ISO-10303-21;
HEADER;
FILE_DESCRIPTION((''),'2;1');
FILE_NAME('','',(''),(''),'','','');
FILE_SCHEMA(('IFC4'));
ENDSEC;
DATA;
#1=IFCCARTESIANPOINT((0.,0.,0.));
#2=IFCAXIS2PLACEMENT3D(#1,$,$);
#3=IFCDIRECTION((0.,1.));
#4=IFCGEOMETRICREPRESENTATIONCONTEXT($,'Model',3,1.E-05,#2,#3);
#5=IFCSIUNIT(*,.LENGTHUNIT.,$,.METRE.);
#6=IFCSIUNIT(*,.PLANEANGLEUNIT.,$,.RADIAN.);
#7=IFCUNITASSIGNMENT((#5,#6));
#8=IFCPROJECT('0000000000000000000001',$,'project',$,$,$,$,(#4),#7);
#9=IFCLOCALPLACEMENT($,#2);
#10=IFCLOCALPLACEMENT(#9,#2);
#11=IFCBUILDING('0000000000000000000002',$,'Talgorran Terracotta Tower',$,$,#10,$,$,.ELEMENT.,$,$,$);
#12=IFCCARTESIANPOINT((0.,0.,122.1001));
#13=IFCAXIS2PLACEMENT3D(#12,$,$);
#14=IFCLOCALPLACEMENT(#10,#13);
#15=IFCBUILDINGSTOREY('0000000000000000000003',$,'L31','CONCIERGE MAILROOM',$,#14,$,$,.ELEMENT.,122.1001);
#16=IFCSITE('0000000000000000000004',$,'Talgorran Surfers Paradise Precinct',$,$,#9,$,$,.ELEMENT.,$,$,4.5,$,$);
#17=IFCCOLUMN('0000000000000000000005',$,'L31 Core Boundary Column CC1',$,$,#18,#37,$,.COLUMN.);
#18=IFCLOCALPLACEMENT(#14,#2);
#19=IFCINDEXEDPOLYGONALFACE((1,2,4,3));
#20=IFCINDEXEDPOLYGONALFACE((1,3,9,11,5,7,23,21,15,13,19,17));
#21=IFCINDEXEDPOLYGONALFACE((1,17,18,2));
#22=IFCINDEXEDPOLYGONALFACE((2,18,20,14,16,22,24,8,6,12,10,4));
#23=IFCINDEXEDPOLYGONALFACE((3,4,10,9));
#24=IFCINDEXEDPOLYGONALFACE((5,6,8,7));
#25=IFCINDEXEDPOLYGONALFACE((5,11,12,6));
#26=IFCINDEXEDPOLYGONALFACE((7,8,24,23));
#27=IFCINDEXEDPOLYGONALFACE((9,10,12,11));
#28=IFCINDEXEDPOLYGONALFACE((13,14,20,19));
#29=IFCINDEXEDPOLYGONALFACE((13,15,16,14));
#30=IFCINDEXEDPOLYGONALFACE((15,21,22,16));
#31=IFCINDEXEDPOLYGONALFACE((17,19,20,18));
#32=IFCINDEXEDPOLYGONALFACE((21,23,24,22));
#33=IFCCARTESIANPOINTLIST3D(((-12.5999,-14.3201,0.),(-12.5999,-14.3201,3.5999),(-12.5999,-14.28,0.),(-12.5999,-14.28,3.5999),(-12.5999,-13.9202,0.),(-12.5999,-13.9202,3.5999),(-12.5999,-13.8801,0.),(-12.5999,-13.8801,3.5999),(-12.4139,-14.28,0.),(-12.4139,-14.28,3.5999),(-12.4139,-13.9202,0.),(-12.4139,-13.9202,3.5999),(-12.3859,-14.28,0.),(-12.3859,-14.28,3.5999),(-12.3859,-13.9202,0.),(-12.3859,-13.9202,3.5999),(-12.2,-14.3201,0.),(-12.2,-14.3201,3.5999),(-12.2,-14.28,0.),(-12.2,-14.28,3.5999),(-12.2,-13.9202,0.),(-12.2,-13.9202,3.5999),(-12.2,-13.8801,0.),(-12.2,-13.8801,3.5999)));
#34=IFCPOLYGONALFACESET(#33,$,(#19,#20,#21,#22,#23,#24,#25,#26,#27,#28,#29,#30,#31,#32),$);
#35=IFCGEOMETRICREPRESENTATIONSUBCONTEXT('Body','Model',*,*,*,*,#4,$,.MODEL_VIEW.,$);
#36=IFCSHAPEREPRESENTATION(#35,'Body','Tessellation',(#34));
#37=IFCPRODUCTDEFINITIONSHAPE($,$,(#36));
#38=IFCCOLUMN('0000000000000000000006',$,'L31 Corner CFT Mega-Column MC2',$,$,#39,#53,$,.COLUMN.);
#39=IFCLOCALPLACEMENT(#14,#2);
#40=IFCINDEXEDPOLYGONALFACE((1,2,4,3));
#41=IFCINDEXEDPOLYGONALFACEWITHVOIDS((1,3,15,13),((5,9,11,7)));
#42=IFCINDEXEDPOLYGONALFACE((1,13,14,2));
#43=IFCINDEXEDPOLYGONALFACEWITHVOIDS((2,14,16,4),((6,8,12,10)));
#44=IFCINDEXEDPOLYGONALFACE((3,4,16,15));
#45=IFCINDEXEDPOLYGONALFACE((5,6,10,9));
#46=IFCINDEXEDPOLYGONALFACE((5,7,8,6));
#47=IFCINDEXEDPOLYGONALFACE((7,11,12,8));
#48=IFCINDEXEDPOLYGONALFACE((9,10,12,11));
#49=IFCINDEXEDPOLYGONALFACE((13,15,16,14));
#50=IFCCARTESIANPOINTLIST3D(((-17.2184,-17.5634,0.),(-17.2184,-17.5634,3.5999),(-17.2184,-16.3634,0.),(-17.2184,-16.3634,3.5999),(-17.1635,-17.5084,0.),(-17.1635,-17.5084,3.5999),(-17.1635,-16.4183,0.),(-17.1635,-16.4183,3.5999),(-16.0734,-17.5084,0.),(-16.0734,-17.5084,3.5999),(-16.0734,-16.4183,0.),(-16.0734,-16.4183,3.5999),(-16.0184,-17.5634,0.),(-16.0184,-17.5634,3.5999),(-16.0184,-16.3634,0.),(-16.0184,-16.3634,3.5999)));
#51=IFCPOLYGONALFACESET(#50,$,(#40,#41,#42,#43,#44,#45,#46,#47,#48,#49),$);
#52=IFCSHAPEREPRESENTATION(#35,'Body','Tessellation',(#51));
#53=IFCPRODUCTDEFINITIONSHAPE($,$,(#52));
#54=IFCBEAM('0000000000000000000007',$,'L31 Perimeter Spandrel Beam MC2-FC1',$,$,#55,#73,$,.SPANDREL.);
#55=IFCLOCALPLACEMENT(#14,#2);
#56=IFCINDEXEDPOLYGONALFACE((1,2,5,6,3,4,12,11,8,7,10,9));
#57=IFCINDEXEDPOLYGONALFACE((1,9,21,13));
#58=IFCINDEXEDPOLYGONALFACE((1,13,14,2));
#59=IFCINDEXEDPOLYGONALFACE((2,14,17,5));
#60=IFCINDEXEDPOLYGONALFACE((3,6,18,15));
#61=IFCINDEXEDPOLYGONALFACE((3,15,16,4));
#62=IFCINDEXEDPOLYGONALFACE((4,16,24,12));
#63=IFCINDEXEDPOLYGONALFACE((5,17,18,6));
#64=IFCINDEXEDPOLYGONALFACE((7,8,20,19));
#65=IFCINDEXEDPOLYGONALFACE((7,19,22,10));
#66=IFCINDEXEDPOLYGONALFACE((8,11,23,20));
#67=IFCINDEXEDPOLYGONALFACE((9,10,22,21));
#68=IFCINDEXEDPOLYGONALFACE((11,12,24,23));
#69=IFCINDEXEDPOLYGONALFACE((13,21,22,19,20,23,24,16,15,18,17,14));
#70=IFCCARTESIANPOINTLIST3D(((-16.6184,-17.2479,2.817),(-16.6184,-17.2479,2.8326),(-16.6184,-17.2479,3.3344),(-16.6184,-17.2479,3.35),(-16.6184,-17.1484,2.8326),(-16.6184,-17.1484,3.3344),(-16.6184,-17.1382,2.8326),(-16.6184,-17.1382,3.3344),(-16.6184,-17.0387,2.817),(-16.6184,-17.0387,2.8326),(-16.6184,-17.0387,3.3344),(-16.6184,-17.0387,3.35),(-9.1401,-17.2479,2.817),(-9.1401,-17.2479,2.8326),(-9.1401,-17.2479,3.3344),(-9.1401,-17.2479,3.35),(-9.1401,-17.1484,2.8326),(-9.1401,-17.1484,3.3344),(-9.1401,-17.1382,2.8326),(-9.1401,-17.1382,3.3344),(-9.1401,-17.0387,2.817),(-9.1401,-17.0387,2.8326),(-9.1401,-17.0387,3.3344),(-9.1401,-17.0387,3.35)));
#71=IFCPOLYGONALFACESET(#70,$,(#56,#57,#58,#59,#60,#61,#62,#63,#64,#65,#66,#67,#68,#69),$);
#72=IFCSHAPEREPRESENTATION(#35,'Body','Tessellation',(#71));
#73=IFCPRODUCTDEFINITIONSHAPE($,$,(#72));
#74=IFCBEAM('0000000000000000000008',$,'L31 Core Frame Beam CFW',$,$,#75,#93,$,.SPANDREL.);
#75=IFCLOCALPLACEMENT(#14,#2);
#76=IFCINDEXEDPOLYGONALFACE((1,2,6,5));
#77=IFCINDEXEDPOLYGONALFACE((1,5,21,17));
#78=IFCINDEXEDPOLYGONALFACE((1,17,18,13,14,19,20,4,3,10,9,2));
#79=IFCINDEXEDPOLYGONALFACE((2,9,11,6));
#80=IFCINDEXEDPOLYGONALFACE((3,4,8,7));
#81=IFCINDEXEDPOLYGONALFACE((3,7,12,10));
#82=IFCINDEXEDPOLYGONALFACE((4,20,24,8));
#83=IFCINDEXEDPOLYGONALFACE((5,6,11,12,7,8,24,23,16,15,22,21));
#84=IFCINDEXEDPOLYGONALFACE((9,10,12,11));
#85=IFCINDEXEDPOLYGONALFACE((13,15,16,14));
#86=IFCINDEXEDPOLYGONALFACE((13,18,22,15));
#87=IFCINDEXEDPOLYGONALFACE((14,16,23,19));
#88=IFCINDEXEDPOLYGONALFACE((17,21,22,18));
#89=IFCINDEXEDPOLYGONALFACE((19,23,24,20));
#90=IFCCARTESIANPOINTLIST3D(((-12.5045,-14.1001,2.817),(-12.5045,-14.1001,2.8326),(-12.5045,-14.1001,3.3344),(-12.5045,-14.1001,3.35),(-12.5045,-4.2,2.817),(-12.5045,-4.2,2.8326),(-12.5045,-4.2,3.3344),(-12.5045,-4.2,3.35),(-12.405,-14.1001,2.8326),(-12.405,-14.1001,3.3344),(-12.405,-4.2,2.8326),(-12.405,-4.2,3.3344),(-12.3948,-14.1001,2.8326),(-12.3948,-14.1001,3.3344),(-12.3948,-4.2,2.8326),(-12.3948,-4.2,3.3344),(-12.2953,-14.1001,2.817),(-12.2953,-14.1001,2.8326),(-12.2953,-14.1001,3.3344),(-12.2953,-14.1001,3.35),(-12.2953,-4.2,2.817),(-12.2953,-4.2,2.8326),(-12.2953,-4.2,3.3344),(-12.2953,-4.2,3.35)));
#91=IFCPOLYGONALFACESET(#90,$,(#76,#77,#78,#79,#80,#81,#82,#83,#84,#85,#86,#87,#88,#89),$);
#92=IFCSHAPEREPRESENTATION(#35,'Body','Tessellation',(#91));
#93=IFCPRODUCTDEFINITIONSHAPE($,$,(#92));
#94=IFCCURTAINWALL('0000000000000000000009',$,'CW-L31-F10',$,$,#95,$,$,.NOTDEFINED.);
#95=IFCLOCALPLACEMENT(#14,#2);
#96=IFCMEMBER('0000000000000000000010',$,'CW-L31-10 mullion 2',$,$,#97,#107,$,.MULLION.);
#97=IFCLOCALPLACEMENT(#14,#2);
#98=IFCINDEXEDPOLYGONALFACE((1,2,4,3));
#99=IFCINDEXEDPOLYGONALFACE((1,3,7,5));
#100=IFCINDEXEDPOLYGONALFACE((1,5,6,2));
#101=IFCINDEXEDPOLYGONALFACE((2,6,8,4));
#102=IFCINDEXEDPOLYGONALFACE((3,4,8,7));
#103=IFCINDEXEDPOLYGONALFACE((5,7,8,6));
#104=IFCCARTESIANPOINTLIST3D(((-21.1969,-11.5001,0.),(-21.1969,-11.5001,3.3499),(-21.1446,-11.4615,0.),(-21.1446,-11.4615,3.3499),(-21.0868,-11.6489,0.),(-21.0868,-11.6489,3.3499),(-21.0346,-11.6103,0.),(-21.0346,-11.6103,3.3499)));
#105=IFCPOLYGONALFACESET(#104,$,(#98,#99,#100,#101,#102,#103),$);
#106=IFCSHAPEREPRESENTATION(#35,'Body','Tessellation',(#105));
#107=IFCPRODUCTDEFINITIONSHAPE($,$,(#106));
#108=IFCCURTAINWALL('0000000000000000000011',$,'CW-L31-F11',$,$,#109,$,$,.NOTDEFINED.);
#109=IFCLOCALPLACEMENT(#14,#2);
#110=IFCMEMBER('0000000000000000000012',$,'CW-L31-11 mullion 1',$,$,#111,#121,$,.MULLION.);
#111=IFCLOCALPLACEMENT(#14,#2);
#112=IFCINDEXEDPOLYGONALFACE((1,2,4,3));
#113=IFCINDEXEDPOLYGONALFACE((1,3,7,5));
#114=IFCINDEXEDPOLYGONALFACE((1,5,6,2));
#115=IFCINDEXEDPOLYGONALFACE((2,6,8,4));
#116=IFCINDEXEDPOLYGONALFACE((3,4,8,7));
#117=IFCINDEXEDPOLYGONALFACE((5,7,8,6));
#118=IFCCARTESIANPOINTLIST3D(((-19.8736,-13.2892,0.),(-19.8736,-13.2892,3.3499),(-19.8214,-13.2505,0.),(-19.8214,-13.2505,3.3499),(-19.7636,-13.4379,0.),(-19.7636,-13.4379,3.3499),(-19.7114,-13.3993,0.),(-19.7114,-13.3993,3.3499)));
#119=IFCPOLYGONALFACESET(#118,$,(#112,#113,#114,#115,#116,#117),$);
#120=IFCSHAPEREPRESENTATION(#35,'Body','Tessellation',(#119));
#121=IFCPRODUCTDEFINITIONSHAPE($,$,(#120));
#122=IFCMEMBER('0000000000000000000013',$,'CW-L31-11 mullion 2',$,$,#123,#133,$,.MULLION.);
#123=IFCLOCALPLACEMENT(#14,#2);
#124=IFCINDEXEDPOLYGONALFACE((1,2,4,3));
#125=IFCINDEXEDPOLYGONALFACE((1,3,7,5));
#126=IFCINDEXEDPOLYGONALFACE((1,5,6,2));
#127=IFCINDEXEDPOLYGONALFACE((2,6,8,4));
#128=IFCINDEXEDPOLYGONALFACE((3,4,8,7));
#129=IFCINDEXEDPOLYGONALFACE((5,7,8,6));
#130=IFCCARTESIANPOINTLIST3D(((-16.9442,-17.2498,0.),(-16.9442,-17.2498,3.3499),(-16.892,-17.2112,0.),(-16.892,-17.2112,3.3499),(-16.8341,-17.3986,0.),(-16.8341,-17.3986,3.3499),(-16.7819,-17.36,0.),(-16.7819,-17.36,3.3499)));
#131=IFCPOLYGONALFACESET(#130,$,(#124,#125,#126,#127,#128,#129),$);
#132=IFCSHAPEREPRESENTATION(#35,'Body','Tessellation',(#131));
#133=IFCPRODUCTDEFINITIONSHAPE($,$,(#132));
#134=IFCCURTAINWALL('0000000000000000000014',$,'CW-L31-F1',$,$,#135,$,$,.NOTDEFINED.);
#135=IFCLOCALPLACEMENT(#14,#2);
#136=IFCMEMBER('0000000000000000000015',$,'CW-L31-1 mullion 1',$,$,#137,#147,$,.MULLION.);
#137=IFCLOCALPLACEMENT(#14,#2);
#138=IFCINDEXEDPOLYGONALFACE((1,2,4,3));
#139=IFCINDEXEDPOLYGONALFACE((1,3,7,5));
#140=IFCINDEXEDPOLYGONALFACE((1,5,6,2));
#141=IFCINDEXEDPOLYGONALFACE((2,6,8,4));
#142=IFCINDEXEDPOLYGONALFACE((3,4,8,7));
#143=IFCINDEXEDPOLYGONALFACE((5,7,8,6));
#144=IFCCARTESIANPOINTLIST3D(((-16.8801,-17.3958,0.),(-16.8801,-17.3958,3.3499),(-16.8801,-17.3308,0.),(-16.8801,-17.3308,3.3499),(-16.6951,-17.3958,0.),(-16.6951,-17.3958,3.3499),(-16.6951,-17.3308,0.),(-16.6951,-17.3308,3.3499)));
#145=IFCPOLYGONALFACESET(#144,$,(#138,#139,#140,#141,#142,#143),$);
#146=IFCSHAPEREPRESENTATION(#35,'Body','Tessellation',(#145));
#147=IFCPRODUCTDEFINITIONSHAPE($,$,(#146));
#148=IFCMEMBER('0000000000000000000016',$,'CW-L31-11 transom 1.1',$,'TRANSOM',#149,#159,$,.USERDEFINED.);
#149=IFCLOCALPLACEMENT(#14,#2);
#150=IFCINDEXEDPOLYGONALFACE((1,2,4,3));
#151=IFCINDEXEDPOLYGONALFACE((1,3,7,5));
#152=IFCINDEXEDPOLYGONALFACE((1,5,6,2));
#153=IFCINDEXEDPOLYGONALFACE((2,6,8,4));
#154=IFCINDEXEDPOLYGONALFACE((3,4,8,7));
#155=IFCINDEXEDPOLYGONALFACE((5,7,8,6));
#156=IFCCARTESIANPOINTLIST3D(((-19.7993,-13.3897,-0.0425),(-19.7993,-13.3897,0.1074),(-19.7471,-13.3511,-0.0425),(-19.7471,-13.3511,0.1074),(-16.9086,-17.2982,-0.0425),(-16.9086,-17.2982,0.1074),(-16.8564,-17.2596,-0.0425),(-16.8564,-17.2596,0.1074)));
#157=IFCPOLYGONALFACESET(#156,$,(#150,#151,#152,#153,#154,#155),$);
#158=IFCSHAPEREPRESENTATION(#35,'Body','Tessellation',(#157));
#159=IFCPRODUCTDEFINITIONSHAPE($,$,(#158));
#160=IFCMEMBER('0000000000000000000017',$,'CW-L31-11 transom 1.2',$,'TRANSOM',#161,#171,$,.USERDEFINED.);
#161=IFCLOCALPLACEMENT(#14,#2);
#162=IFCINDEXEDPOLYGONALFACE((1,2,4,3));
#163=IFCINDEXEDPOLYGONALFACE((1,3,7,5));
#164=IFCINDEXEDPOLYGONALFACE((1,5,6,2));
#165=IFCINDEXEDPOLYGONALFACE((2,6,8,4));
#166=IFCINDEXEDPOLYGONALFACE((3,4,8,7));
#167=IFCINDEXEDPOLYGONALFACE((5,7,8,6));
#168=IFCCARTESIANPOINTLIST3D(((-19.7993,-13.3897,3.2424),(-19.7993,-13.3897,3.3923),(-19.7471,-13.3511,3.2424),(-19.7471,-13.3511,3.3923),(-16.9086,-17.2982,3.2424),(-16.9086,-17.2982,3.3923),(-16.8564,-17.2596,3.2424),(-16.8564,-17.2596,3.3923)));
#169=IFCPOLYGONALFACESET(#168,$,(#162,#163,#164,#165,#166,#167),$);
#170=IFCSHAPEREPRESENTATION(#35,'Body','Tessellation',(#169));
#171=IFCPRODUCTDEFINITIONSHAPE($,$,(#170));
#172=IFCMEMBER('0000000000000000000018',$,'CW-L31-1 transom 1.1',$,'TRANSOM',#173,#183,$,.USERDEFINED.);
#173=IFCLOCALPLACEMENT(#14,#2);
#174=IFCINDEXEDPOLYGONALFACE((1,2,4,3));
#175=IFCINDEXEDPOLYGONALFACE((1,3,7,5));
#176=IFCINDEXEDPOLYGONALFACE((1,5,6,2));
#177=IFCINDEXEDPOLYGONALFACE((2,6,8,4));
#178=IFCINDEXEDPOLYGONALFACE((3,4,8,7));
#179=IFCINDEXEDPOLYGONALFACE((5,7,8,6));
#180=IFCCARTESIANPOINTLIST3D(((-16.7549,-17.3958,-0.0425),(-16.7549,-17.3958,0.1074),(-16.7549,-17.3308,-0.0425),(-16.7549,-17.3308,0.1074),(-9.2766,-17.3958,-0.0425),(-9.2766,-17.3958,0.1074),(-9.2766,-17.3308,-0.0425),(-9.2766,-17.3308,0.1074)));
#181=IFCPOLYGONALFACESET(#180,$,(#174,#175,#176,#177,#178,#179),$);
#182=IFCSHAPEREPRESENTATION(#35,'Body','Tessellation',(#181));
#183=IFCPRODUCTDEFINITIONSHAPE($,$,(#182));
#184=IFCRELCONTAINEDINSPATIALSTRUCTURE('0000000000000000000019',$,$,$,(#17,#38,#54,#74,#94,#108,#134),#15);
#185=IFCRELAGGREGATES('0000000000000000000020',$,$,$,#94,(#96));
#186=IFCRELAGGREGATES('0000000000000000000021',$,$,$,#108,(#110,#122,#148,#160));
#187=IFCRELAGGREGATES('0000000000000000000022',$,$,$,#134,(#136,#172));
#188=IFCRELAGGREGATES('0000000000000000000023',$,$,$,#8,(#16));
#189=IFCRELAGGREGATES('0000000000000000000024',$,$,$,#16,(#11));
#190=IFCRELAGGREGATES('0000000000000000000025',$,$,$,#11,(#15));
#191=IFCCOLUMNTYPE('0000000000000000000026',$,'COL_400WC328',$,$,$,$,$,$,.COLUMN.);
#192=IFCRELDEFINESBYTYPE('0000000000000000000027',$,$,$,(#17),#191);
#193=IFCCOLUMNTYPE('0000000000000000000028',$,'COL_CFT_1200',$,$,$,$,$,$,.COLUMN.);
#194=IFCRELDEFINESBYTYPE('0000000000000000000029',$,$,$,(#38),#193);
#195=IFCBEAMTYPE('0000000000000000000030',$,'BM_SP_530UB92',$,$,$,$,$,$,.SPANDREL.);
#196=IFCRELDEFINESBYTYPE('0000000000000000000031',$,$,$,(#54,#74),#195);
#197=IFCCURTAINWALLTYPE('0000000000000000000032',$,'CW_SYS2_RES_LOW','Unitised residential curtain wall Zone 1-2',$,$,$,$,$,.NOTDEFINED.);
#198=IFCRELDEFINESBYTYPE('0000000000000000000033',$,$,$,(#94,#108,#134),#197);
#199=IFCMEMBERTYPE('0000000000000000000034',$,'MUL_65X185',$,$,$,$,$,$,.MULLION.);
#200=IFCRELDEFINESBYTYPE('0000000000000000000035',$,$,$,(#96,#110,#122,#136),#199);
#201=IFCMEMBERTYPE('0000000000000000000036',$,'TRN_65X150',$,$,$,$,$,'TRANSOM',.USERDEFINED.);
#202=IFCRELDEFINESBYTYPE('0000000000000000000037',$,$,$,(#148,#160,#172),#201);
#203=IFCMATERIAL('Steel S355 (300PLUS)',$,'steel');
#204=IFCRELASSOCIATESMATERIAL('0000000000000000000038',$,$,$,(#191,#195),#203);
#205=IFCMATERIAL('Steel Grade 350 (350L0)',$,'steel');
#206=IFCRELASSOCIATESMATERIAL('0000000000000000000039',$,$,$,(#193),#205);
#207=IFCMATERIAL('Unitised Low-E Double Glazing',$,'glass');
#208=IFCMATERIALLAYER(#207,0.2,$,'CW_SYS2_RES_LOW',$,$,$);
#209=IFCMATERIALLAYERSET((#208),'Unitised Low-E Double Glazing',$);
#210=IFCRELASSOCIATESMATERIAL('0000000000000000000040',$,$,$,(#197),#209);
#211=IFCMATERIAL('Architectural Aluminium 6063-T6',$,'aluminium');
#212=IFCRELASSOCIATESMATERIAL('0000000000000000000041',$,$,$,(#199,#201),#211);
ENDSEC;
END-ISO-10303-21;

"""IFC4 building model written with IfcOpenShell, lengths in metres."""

from ifc_helpers import new_model, si_unit, direction, frame, origin, origin_2d, place, context, subcontext, project, spatial, rectangle, hollow_rectangle, i_section, extrude, material, layer, layer_set, material_profile, profile_set, type_object, element, aggregate, save


model = new_model("IFC4")

# Units and contexts
model_context = context("Model", 3, precision=1e-05, world=origin(), true_north=direction((0.0, 1.0)))
body_context = subcontext(model_context, "Body", "Model", "MODEL_VIEW")
ifc_project = project(units=[si_unit("LENGTHUNIT", "METRE"), si_unit("PLANEANGLEUNIT", "RADIAN")], contexts=[model_context])

# Site, building, storey
site_placement = place(None, origin())
site = spatial("IfcSite", under=ifc_project, at=site_placement, Name="Talgorran Surfers Paradise Precinct", CompositionType="ELEMENT", RefElevation=4.5)
building_placement = place(site_placement, origin())
building = spatial("IfcBuilding", under=site, at=building_placement, Name="Talgorran Terracotta Tower", CompositionType="ELEMENT")
storey_placement = place(building_placement, frame((0.0, 0.0, 122.1001)))
storey = spatial("IfcBuildingStorey", under=building, at=storey_placement, Name="L31", Description="CONCIERGE MAILROOM", CompositionType="ELEMENT", Elevation=122.1001)

# Columns
ifc_material_1 = material(Name="Steel S355 (300PLUS)", Category="steel")
ifc_material_profile_1 = material_profile(ifc_material_1, i_section(OverallWidth=0.3999, OverallDepth=0.4399, WebThickness=0.0281, FlangeThickness=0.04, at=origin_2d()), Name="400WC328")
ifc_profile_set_1 = profile_set([ifc_material_profile_1], Name="Steel S355 (300PLUS)")
column_type_1 = type_object("IfcColumnType", Name="COL_400WC328", PredefinedType="COLUMN", material=ifc_profile_set_1)
column_1_placement = place(storey_placement, frame((-12.3999, -14.1001, 0.0), z_axis=(0.0, 0.0, 1.0), x_axis=(1.0, 0.0, 0.0)))
element("IfcColumn", 1, at=column_1_placement, inside=storey, type_object=column_type_1, Name="L31 Core Boundary Column CC1", PredefinedType="COLUMN", context=body_context, shape_type="SweptSolid", body=[
    extrude(i_section(OverallWidth=0.3999, OverallDepth=0.4399, WebThickness=0.0281, FlangeThickness=0.04, at=origin_2d()), origin(), (0.0, 0.0, 1.0), 3.5999),
])
ifc_material_2 = material(Name="Steel Grade 350 (350L0)", Category="steel")
ifc_material_profile_2 = material_profile(ifc_material_2, hollow_rectangle(XDim=1.2, YDim=1.2, WallThickness=0.0549, at=origin_2d()), Name="CFT1200X1200X55")
ifc_profile_set_2 = profile_set([ifc_material_profile_2], Name="Steel Grade 350 (350L0)")
column_type_2 = type_object("IfcColumnType", Name="COL_CFT_1200", PredefinedType="COLUMN", material=ifc_profile_set_2)
column_2_placement = place(storey_placement, frame((-16.6184, -16.9634, 0.0), z_axis=(0.0, 0.0, 1.0), x_axis=(1.0, 0.0, 0.0)))
element("IfcColumn", 2, at=column_2_placement, inside=storey, type_object=column_type_2, Name="L31 Corner CFT Mega-Column MC2", PredefinedType="COLUMN", context=body_context, shape_type="SweptSolid", body=[
    extrude(hollow_rectangle(XDim=1.2, YDim=1.2, WallThickness=0.0549, at=origin_2d()), origin(), (0.0, 0.0, 1.0), 3.5999),
])

# Beams
ifc_material_profile_3 = material_profile(ifc_material_1, i_section(OverallWidth=0.2092, OverallDepth=0.533, WebThickness=0.0103, FlangeThickness=0.0156, at=origin_2d()), Name="530UB92.4")
ifc_profile_set_3 = profile_set([ifc_material_profile_3], Name="Steel S355 (300PLUS)")
beam_type = type_object("IfcBeamType", Name="BM_SP_530UB92", PredefinedType="SPANDREL", material=ifc_profile_set_3)
beam_1_placement = place(storey_placement, frame((-16.6184, -17.1433, 3.0835), z_axis=(1.0, 0.0, 0.0), x_axis=(0.0, 1.0, 0.0)))
element("IfcBeam", 3, at=beam_1_placement, inside=storey, type_object=beam_type, Name="L31 Perimeter Spandrel Beam MC2-FC1", PredefinedType="SPANDREL", context=body_context, shape_type="SweptSolid", body=[
    extrude(i_section(OverallWidth=0.2092, OverallDepth=0.533, WebThickness=0.0103, FlangeThickness=0.0156, at=origin_2d()), origin(), (0.0, 0.0, 1.0), 7.4783),
])
beam_2_placement = place(storey_placement, frame((-12.3999, -14.1001, 3.0835), z_axis=(0.0, 1.0, 0.0), x_axis=(-1.0, 0.0, 0.0)))
element("IfcBeam", 4, at=beam_2_placement, inside=storey, type_object=beam_type, Name="L31 Core Frame Beam CFW", PredefinedType="SPANDREL", context=body_context, shape_type="SweptSolid", body=[
    extrude(i_section(OverallWidth=0.2092, OverallDepth=0.533, WebThickness=0.0103, FlangeThickness=0.0156, at=origin_2d()), origin(), (0.0, 0.0, 1.0), 9.9001),
])

# Curtain wall, member
ifc_material_3 = material(Name="Unitised Low-E Double Glazing", Category="glass")
ifc_layer_1 = layer(ifc_material_3, 0.2, Name="CW_SYS2_RES_LOW")
ifc_layer_set_1 = layer_set([ifc_layer_1], Name="Unitised Low-E Double Glazing")
curtain_wall_type = type_object("IfcCurtainWallType", Name="CW_SYS2_RES_LOW", Description="Unitised residential curtain wall Zone 1-2", PredefinedType="NOTDEFINED", material=ifc_layer_set_1)
curtain_wall_1_placement = place(storey_placement, origin())
curtain_wall_1 = element("IfcCurtainWall", 5, at=curtain_wall_1_placement, inside=storey, type_object=curtain_wall_type, Name="CW-L31-F10", PredefinedType="NOTDEFINED")
ifc_material_4 = material(Name="Architectural Aluminium 6063-T6", Category="aluminium")
ifc_material_profile_4 = material_profile(ifc_material_4, rectangle(XDim=0.0649, YDim=0.1851, at=origin_2d()), Name="CWM65X185")
ifc_profile_set_4 = profile_set([ifc_material_profile_4], Name="Architectural Aluminium 6063-T6")
member_type_1 = type_object("IfcMemberType", Name="MUL_65X185", PredefinedType="MULLION", material=ifc_profile_set_4)
member_1_placement = place(storey_placement, frame((-21.1157, -11.5552, 0.0), z_axis=(0.0, 0.0, 1.0), x_axis=(0.803985, 0.59465, 0.0)))
member_1 = element("IfcMember", 6, at=member_1_placement, type_object=member_type_1, Name="CW-L31-10 mullion 2", PredefinedType="MULLION", context=body_context, shape_type="SweptSolid", body=[
    extrude(rectangle(XDim=0.0649, YDim=0.1851, at=origin_2d()), origin(), (0.0, 0.0, 1.0), 3.3499),
])
aggregate(curtain_wall_1, [member_1])

# Curtain wall, members
curtain_wall_2_placement = place(storey_placement, origin())
curtain_wall_2 = element("IfcCurtainWall", 7, at=curtain_wall_2_placement, inside=storey, type_object=curtain_wall_type, Name="CW-L31-F11", PredefinedType="NOTDEFINED")
member_2_placement = place(storey_placement, frame((-19.7925, -13.3442, 0.0), z_axis=(0.0, 0.0, 1.0), x_axis=(0.803987, 0.594646, 0.0)))
member_2 = element("IfcMember", 8, at=member_2_placement, type_object=member_type_1, Name="CW-L31-11 mullion 1", PredefinedType="MULLION", context=body_context, shape_type="SweptSolid", body=[
    extrude(rectangle(XDim=0.0649, YDim=0.1851, at=origin_2d()), origin(), (0.0, 0.0, 1.0), 3.3499),
])
member_3_placement = place(storey_placement, frame((-16.863, -17.3049, 0.0), z_axis=(0.0, 0.0, 1.0), x_axis=(0.803987, 0.594646, 0.0)))
member_3 = element("IfcMember", 9, at=member_3_placement, type_object=member_type_1, Name="CW-L31-11 mullion 2", PredefinedType="MULLION", context=body_context, shape_type="SweptSolid", body=[
    extrude(rectangle(XDim=0.0649, YDim=0.1851, at=origin_2d()), origin(), (0.0, 0.0, 1.0), 3.3499),
])

# Curtain wall, member
curtain_wall_3_placement = place(storey_placement, origin())
curtain_wall_3 = element("IfcCurtainWall", 10, at=curtain_wall_3_placement, inside=storey, type_object=curtain_wall_type, Name="CW-L31-F1", PredefinedType="NOTDEFINED")
member_4_placement = place(storey_placement, frame((-16.7876, -17.3633, 0.0), z_axis=(0.0, 0.0, 1.0), x_axis=(0.0, 1.0, 0.0)))
member_4 = element("IfcMember", 11, at=member_4_placement, type_object=member_type_1, Name="CW-L31-1 mullion 1", PredefinedType="MULLION", context=body_context, shape_type="SweptSolid", body=[
    extrude(rectangle(XDim=0.0649, YDim=0.1851, at=origin_2d()), origin(), (0.0, 0.0, 1.0), 3.3499),
])

# Members
ifc_material_profile_5 = material_profile(ifc_material_4, rectangle(XDim=0.0649, YDim=0.1499, at=origin_2d()), Name="CWT65X150")
ifc_profile_set_5 = profile_set([ifc_material_profile_5], Name="Architectural Aluminium 6063-T6")
member_type_2 = type_object("IfcMemberType", Name="TRN_65X150", ElementType="TRANSOM", PredefinedType="USERDEFINED", material=ifc_profile_set_5)
member_5_placement = place(storey_placement, frame((-19.7732, -13.3704, 0.0325), z_axis=(0.594627, -0.804002, 0.0), x_axis=(0.804002, 0.594627, 0.0)))
member_5 = element("IfcMember", 12, at=member_5_placement, type_object=member_type_2, Name="CW-L31-11 transom 1.1", ObjectType="TRANSOM", PredefinedType="USERDEFINED", context=body_context, shape_type="SweptSolid", body=[
    extrude(rectangle(XDim=0.0649, YDim=0.1499, at=origin_2d()), origin(), (0.0, 0.0, 1.0), 4.8613),
])
member_6_placement = place(storey_placement, frame((-19.7732, -13.3704, 3.3174), z_axis=(0.594627, -0.804002, 0.0), x_axis=(0.804002, 0.594627, 0.0)))
member_6 = element("IfcMember", 13, at=member_6_placement, type_object=member_type_2, Name="CW-L31-11 transom 1.2", ObjectType="TRANSOM", PredefinedType="USERDEFINED", context=body_context, shape_type="SweptSolid", body=[
    extrude(rectangle(XDim=0.0649, YDim=0.1499, at=origin_2d()), origin(), (0.0, 0.0, 1.0), 4.8613),
])
member_7_placement = place(storey_placement, frame((-16.7549, -17.3633, 0.0325), z_axis=(1.0, 0.0, 0.0), x_axis=(0.0, 1.0, 0.0)))
member_7 = element("IfcMember", 14, at=member_7_placement, type_object=member_type_2, Name="CW-L31-1 transom 1.1", ObjectType="TRANSOM", PredefinedType="USERDEFINED", context=body_context, shape_type="SweptSolid", body=[
    extrude(rectangle(XDim=0.0649, YDim=0.1499, at=origin_2d()), origin(), (0.0, 0.0, 1.0), 7.4783),
])

aggregate(curtain_wall_2, [member_2, member_3, member_5, member_6])
aggregate(curtain_wall_3, [member_4, member_7])

save(model, "model.ifc")
